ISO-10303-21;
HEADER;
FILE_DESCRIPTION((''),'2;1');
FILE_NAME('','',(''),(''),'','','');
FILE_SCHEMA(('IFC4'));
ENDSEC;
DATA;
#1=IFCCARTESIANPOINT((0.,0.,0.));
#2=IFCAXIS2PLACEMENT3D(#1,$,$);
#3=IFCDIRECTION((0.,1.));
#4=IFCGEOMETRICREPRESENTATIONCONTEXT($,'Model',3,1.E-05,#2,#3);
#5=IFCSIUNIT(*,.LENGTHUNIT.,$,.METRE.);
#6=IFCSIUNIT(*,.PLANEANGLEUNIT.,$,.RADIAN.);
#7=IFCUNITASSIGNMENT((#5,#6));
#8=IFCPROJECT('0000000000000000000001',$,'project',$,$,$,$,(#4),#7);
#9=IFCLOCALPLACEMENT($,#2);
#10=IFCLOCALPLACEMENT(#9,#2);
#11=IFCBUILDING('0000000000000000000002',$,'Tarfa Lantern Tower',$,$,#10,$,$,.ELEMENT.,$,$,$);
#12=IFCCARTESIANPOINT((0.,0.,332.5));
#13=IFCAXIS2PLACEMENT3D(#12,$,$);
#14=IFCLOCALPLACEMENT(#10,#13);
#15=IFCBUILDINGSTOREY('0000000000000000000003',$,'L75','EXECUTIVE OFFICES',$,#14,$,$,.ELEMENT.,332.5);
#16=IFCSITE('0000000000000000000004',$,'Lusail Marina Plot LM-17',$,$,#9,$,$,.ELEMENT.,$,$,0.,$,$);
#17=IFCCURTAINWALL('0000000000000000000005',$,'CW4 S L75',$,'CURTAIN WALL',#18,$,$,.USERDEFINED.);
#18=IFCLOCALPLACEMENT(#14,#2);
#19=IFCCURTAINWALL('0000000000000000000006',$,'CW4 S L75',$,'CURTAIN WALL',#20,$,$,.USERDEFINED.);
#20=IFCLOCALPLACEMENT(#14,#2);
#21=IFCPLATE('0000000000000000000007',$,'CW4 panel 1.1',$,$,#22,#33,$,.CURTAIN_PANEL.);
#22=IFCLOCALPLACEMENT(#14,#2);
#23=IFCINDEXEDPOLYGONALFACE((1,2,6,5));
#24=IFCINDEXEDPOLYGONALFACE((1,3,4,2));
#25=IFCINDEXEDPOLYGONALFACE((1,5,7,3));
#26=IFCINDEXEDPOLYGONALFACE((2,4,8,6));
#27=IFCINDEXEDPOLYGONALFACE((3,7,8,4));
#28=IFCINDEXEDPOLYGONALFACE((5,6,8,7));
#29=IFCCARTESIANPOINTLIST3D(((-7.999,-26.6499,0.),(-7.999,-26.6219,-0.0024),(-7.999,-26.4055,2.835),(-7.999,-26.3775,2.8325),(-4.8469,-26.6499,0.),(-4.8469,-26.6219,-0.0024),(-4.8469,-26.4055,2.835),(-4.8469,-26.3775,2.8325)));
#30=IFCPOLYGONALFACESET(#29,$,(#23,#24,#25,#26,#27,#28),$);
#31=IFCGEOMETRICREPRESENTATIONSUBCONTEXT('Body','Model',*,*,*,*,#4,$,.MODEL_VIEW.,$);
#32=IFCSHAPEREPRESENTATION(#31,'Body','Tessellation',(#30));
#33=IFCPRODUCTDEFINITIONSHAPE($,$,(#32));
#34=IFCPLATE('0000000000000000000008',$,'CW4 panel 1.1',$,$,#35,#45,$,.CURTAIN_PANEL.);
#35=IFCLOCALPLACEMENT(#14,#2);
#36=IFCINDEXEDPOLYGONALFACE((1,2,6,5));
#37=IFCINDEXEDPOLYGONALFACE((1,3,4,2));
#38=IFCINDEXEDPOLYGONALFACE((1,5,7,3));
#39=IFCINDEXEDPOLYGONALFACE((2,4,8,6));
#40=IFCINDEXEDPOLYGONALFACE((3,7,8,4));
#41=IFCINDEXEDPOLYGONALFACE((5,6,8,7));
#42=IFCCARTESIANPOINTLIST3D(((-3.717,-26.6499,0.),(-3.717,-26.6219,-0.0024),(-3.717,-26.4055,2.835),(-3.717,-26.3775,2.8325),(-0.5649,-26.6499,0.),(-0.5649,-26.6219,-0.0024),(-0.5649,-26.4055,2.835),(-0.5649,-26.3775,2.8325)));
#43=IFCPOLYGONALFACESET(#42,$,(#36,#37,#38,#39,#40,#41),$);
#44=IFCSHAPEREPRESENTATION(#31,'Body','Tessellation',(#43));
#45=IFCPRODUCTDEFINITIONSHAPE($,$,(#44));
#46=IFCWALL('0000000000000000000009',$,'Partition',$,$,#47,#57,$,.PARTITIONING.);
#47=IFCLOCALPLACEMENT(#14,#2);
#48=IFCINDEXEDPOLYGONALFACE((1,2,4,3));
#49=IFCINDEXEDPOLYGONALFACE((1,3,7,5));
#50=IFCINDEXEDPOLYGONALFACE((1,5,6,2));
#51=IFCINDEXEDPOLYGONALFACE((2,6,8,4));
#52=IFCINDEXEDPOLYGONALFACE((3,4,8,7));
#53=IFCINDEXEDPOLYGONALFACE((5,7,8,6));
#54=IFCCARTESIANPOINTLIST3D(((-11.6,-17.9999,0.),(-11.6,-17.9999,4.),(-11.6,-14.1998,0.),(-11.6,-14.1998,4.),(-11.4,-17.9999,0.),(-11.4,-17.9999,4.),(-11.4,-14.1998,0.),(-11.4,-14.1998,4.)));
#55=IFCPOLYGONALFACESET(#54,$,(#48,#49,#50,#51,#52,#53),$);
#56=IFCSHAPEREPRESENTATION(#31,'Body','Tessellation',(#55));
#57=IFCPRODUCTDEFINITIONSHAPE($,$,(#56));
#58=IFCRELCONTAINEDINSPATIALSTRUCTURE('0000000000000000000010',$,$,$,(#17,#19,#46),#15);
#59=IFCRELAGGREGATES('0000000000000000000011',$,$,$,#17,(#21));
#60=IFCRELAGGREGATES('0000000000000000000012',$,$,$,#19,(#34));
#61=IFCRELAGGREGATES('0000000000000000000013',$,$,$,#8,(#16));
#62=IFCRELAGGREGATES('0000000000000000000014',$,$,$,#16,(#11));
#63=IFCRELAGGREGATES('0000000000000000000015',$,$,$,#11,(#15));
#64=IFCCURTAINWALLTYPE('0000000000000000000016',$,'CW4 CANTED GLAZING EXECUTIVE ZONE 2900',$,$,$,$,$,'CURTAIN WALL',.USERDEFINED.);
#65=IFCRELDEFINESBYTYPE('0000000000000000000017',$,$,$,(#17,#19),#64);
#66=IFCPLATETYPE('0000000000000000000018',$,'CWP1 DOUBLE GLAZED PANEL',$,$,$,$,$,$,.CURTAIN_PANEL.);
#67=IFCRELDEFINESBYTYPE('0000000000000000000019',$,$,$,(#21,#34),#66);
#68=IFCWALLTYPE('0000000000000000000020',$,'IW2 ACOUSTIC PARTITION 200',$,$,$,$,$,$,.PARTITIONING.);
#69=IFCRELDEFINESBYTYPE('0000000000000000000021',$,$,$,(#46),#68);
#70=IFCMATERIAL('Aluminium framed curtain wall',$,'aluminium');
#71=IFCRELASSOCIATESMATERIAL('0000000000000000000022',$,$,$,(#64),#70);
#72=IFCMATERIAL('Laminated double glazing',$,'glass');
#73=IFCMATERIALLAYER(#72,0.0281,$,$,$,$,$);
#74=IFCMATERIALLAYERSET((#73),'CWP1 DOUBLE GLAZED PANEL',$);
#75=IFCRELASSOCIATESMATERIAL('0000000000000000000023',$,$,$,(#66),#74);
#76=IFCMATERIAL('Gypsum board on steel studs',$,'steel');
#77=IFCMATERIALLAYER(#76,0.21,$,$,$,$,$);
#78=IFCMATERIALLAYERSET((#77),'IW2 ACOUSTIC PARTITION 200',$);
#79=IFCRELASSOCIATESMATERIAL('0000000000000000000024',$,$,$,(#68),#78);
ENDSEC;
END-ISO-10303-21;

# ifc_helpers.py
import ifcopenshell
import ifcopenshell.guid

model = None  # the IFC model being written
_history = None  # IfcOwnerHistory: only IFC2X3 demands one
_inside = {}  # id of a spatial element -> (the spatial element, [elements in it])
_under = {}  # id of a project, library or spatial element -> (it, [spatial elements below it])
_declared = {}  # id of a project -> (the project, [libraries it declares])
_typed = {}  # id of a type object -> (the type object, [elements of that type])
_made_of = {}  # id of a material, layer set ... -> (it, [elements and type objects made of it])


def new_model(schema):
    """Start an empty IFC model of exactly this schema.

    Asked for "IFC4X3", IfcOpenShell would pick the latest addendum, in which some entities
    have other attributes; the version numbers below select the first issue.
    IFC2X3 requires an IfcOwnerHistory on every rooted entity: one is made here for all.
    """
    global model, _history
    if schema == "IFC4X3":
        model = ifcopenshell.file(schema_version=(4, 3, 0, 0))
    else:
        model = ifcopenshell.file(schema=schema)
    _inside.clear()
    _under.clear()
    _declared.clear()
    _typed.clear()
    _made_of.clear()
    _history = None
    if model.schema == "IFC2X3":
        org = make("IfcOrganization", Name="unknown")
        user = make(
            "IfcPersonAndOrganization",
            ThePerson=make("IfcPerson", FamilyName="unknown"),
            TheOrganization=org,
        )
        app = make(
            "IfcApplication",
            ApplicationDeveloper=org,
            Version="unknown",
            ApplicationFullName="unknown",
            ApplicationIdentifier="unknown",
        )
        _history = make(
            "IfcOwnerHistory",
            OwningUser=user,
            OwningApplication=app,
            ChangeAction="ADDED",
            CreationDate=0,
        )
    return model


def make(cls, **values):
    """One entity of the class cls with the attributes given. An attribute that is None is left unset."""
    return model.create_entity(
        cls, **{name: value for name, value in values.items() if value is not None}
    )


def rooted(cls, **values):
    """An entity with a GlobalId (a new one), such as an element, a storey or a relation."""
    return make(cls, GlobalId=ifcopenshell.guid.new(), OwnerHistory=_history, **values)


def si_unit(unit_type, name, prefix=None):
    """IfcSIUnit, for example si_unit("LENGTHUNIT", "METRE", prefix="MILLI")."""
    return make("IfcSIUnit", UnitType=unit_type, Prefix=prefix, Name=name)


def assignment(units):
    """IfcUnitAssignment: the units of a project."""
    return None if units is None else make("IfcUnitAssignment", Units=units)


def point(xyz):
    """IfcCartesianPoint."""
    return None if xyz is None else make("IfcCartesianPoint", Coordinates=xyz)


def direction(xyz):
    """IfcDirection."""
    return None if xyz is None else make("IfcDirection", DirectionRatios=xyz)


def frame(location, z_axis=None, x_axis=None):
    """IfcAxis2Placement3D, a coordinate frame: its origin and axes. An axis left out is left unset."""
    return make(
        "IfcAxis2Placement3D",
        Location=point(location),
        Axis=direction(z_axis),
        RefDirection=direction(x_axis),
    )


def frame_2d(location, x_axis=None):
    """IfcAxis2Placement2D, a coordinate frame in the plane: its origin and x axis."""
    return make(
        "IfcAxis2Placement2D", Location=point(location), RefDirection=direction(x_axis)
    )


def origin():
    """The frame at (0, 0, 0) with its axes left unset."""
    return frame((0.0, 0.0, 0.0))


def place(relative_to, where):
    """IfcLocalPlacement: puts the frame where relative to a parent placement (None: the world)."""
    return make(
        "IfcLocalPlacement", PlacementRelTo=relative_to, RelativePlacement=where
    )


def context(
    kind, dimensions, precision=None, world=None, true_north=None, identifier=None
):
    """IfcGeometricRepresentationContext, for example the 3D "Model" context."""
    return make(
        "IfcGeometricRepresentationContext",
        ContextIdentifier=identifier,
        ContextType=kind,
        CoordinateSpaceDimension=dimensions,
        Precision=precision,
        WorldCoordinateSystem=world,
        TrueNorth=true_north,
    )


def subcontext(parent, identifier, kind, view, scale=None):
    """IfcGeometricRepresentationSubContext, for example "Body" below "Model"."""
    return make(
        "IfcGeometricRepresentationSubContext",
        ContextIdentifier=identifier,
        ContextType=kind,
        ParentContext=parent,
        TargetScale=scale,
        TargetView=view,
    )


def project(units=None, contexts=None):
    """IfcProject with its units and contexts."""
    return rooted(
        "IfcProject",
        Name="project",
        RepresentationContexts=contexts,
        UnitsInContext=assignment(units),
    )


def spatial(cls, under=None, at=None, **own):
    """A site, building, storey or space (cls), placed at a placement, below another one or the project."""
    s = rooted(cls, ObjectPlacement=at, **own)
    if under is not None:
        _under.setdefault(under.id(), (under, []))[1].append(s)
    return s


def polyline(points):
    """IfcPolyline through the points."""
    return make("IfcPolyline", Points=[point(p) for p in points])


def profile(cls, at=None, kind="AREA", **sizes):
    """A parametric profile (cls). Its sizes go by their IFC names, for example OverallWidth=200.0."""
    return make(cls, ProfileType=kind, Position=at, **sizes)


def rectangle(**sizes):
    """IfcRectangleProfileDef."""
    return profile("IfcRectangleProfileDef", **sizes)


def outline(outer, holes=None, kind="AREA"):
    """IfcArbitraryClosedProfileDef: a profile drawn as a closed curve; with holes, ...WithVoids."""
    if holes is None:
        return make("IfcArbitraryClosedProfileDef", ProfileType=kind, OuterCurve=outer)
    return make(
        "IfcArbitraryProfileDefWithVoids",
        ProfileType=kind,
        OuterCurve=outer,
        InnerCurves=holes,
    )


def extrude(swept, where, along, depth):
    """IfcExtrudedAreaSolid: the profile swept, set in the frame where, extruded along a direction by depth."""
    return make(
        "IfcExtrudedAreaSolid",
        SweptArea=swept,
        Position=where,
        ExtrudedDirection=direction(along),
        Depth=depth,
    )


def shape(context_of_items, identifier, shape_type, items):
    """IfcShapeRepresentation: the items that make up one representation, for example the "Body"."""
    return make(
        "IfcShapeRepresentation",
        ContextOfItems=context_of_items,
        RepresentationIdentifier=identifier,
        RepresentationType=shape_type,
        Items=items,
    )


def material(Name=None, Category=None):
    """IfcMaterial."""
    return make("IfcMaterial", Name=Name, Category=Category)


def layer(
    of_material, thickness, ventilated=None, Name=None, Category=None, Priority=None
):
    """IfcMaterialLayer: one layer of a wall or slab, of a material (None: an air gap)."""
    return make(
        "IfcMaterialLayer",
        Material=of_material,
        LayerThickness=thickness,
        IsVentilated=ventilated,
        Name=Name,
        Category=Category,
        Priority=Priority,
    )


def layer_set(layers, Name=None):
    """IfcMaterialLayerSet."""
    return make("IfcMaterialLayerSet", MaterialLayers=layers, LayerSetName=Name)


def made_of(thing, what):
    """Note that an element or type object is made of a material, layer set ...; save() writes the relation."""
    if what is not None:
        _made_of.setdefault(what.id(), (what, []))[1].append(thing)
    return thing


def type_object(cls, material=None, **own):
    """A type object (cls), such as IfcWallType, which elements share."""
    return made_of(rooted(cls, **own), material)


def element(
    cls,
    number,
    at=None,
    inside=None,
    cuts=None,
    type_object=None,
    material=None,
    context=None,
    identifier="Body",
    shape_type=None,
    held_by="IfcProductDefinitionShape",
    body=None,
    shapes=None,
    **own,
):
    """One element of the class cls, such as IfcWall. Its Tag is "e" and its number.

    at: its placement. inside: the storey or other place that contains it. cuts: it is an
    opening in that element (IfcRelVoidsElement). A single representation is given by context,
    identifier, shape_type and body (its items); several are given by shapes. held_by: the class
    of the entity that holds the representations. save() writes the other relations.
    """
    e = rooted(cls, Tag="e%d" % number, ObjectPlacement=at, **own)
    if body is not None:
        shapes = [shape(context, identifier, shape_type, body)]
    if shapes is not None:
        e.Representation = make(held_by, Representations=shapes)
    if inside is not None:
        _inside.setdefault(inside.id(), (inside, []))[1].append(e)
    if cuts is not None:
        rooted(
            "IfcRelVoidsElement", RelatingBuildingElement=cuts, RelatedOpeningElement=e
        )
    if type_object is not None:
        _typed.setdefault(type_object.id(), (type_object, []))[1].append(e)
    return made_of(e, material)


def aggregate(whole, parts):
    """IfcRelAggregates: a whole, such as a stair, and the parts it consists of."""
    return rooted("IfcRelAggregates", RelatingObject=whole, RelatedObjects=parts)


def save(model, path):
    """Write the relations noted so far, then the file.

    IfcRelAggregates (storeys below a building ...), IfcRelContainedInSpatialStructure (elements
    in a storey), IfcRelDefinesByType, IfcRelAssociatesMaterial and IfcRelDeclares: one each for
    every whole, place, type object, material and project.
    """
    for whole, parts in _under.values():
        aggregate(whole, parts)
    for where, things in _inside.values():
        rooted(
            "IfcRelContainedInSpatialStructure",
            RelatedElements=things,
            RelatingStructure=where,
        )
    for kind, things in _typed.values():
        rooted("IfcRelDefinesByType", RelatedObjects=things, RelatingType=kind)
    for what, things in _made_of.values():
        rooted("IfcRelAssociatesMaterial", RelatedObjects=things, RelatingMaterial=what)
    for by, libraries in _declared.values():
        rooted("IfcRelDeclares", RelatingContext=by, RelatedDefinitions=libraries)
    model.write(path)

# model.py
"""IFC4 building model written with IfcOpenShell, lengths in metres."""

from ifc_helpers import new_model, si_unit, direction, frame, frame_2d, origin, place, context, subcontext, project, spatial, polyline, rectangle, outline, extrude, material, layer, layer_set, type_object, element, aggregate, save


model = new_model("IFC4")

# Units and contexts
model_context = context("Model", 3, precision=1e-05, world=origin(), true_north=direction((0.0, 1.0)))
body_context = subcontext(model_context, "Body", "Model", "MODEL_VIEW")
ifc_project = project(units=[si_unit("LENGTHUNIT", "METRE"), si_unit("PLANEANGLEUNIT", "RADIAN")], contexts=[model_context])

# Site, building, storey
site_placement = place(None, origin())
site = spatial("IfcSite", under=ifc_project, at=site_placement, Name="Lusail Marina Plot LM-17", CompositionType="ELEMENT", RefElevation=0.0)
building_placement = place(site_placement, origin())
building = spatial("IfcBuilding", under=site, at=building_placement, Name="Tarfa Lantern Tower", CompositionType="ELEMENT")
storey_placement = place(building_placement, frame((0.0, 0.0, 332.5)))
storey = spatial("IfcBuildingStorey", under=building, at=storey_placement, Name="L75", Description="EXECUTIVE OFFICES", CompositionType="ELEMENT", Elevation=332.5)

# Shared definitions
ifc_material_1 = material(Name="Aluminium framed curtain wall", Category="aluminium")
curtain_wall_type = type_object("IfcCurtainWallType", Name="CW4 CANTED GLAZING EXECUTIVE ZONE 2900", ElementType="CURTAIN WALL", PredefinedType="USERDEFINED", material=ifc_material_1)

# Curtain walls
curtain_wall_1_placement = place(storey_placement, origin())
curtain_wall_1 = element("IfcCurtainWall", 1, at=curtain_wall_1_placement, inside=storey, type_object=curtain_wall_type, Name="CW4 S L75", ObjectType="CURTAIN WALL", PredefinedType="USERDEFINED")
curtain_wall_2_placement = place(storey_placement, origin())
curtain_wall_2 = element("IfcCurtainWall", 2, at=curtain_wall_2_placement, inside=storey, type_object=curtain_wall_type, Name="CW4 S L75", ObjectType="CURTAIN WALL", PredefinedType="USERDEFINED")

# Plates
ifc_material_2 = material(Name="Laminated double glazing", Category="glass")
ifc_layer_1 = layer(ifc_material_2, 0.0281)
ifc_layer_set_1 = layer_set([ifc_layer_1], Name="CWP1 DOUBLE GLAZED PANEL")
plate_type = type_object("IfcPlateType", Name="CWP1 DOUBLE GLAZED PANEL", PredefinedType="CURTAIN_PANEL", material=ifc_layer_set_1)
plate_1_placement = place(storey_placement, frame((-7.999, -26.6499, 0.0), z_axis=(0.0, -0.996305, 0.085885), x_axis=(1.0, 0.0, 0.0)))
plate_1 = element("IfcPlate", 3, at=plate_1_placement, type_object=plate_type, Name="CW4 panel 1.1", PredefinedType="CURTAIN_PANEL", context=body_context, shape_type="SweptSolid", body=[
    extrude(outline(polyline([(0.0, 0.0), (3.1521, 0.0), (3.1521, 2.8455), (0.0, 2.8455), (0.0, 0.0)])), origin(), (0.0, 0.0, -1.0), 0.0281),
])
aggregate(curtain_wall_1, [plate_1])
plate_2_placement = place(storey_placement, frame((-3.717, -26.6499, 0.0), z_axis=(0.0, -0.996305, 0.085885), x_axis=(1.0, 0.0, 0.0)))
plate_2 = element("IfcPlate", 4, at=plate_2_placement, type_object=plate_type, Name="CW4 panel 1.1", PredefinedType="CURTAIN_PANEL", context=body_context, shape_type="SweptSolid", body=[
    extrude(outline(polyline([(0.0, 0.0), (3.1521, 0.0), (3.1521, 2.8455), (0.0, 2.8455), (0.0, 0.0)])), origin(), (0.0, 0.0, -1.0), 0.0281),
])
aggregate(curtain_wall_2, [plate_2])

# Wall
ifc_material_3 = material(Name="Gypsum board on steel studs", Category="steel")
ifc_layer_2 = layer(ifc_material_3, 0.21)
ifc_layer_set_2 = layer_set([ifc_layer_2], Name="IW2 ACOUSTIC PARTITION 200")
wall_type = type_object("IfcWallType", Name="IW2 ACOUSTIC PARTITION 200", PredefinedType="PARTITIONING", material=ifc_layer_set_2)
wall_placement = place(storey_placement, frame((-11.5, -14.2, 0.0), z_axis=(0.0, 0.0, 1.0), x_axis=(0.0, -1.0, 0.0)))
element("IfcWall", 5, at=wall_placement, inside=storey, type_object=wall_type, Name="Partition", PredefinedType="PARTITIONING", context=body_context, shape_type="SweptSolid", body=[
    extrude(rectangle(XDim=3.8, YDim=0.2, at=frame_2d((1.8999, 0.0))), origin(), (0.0, 0.0, 1.0), 4.0),
])

save(model, "model.ifc")
